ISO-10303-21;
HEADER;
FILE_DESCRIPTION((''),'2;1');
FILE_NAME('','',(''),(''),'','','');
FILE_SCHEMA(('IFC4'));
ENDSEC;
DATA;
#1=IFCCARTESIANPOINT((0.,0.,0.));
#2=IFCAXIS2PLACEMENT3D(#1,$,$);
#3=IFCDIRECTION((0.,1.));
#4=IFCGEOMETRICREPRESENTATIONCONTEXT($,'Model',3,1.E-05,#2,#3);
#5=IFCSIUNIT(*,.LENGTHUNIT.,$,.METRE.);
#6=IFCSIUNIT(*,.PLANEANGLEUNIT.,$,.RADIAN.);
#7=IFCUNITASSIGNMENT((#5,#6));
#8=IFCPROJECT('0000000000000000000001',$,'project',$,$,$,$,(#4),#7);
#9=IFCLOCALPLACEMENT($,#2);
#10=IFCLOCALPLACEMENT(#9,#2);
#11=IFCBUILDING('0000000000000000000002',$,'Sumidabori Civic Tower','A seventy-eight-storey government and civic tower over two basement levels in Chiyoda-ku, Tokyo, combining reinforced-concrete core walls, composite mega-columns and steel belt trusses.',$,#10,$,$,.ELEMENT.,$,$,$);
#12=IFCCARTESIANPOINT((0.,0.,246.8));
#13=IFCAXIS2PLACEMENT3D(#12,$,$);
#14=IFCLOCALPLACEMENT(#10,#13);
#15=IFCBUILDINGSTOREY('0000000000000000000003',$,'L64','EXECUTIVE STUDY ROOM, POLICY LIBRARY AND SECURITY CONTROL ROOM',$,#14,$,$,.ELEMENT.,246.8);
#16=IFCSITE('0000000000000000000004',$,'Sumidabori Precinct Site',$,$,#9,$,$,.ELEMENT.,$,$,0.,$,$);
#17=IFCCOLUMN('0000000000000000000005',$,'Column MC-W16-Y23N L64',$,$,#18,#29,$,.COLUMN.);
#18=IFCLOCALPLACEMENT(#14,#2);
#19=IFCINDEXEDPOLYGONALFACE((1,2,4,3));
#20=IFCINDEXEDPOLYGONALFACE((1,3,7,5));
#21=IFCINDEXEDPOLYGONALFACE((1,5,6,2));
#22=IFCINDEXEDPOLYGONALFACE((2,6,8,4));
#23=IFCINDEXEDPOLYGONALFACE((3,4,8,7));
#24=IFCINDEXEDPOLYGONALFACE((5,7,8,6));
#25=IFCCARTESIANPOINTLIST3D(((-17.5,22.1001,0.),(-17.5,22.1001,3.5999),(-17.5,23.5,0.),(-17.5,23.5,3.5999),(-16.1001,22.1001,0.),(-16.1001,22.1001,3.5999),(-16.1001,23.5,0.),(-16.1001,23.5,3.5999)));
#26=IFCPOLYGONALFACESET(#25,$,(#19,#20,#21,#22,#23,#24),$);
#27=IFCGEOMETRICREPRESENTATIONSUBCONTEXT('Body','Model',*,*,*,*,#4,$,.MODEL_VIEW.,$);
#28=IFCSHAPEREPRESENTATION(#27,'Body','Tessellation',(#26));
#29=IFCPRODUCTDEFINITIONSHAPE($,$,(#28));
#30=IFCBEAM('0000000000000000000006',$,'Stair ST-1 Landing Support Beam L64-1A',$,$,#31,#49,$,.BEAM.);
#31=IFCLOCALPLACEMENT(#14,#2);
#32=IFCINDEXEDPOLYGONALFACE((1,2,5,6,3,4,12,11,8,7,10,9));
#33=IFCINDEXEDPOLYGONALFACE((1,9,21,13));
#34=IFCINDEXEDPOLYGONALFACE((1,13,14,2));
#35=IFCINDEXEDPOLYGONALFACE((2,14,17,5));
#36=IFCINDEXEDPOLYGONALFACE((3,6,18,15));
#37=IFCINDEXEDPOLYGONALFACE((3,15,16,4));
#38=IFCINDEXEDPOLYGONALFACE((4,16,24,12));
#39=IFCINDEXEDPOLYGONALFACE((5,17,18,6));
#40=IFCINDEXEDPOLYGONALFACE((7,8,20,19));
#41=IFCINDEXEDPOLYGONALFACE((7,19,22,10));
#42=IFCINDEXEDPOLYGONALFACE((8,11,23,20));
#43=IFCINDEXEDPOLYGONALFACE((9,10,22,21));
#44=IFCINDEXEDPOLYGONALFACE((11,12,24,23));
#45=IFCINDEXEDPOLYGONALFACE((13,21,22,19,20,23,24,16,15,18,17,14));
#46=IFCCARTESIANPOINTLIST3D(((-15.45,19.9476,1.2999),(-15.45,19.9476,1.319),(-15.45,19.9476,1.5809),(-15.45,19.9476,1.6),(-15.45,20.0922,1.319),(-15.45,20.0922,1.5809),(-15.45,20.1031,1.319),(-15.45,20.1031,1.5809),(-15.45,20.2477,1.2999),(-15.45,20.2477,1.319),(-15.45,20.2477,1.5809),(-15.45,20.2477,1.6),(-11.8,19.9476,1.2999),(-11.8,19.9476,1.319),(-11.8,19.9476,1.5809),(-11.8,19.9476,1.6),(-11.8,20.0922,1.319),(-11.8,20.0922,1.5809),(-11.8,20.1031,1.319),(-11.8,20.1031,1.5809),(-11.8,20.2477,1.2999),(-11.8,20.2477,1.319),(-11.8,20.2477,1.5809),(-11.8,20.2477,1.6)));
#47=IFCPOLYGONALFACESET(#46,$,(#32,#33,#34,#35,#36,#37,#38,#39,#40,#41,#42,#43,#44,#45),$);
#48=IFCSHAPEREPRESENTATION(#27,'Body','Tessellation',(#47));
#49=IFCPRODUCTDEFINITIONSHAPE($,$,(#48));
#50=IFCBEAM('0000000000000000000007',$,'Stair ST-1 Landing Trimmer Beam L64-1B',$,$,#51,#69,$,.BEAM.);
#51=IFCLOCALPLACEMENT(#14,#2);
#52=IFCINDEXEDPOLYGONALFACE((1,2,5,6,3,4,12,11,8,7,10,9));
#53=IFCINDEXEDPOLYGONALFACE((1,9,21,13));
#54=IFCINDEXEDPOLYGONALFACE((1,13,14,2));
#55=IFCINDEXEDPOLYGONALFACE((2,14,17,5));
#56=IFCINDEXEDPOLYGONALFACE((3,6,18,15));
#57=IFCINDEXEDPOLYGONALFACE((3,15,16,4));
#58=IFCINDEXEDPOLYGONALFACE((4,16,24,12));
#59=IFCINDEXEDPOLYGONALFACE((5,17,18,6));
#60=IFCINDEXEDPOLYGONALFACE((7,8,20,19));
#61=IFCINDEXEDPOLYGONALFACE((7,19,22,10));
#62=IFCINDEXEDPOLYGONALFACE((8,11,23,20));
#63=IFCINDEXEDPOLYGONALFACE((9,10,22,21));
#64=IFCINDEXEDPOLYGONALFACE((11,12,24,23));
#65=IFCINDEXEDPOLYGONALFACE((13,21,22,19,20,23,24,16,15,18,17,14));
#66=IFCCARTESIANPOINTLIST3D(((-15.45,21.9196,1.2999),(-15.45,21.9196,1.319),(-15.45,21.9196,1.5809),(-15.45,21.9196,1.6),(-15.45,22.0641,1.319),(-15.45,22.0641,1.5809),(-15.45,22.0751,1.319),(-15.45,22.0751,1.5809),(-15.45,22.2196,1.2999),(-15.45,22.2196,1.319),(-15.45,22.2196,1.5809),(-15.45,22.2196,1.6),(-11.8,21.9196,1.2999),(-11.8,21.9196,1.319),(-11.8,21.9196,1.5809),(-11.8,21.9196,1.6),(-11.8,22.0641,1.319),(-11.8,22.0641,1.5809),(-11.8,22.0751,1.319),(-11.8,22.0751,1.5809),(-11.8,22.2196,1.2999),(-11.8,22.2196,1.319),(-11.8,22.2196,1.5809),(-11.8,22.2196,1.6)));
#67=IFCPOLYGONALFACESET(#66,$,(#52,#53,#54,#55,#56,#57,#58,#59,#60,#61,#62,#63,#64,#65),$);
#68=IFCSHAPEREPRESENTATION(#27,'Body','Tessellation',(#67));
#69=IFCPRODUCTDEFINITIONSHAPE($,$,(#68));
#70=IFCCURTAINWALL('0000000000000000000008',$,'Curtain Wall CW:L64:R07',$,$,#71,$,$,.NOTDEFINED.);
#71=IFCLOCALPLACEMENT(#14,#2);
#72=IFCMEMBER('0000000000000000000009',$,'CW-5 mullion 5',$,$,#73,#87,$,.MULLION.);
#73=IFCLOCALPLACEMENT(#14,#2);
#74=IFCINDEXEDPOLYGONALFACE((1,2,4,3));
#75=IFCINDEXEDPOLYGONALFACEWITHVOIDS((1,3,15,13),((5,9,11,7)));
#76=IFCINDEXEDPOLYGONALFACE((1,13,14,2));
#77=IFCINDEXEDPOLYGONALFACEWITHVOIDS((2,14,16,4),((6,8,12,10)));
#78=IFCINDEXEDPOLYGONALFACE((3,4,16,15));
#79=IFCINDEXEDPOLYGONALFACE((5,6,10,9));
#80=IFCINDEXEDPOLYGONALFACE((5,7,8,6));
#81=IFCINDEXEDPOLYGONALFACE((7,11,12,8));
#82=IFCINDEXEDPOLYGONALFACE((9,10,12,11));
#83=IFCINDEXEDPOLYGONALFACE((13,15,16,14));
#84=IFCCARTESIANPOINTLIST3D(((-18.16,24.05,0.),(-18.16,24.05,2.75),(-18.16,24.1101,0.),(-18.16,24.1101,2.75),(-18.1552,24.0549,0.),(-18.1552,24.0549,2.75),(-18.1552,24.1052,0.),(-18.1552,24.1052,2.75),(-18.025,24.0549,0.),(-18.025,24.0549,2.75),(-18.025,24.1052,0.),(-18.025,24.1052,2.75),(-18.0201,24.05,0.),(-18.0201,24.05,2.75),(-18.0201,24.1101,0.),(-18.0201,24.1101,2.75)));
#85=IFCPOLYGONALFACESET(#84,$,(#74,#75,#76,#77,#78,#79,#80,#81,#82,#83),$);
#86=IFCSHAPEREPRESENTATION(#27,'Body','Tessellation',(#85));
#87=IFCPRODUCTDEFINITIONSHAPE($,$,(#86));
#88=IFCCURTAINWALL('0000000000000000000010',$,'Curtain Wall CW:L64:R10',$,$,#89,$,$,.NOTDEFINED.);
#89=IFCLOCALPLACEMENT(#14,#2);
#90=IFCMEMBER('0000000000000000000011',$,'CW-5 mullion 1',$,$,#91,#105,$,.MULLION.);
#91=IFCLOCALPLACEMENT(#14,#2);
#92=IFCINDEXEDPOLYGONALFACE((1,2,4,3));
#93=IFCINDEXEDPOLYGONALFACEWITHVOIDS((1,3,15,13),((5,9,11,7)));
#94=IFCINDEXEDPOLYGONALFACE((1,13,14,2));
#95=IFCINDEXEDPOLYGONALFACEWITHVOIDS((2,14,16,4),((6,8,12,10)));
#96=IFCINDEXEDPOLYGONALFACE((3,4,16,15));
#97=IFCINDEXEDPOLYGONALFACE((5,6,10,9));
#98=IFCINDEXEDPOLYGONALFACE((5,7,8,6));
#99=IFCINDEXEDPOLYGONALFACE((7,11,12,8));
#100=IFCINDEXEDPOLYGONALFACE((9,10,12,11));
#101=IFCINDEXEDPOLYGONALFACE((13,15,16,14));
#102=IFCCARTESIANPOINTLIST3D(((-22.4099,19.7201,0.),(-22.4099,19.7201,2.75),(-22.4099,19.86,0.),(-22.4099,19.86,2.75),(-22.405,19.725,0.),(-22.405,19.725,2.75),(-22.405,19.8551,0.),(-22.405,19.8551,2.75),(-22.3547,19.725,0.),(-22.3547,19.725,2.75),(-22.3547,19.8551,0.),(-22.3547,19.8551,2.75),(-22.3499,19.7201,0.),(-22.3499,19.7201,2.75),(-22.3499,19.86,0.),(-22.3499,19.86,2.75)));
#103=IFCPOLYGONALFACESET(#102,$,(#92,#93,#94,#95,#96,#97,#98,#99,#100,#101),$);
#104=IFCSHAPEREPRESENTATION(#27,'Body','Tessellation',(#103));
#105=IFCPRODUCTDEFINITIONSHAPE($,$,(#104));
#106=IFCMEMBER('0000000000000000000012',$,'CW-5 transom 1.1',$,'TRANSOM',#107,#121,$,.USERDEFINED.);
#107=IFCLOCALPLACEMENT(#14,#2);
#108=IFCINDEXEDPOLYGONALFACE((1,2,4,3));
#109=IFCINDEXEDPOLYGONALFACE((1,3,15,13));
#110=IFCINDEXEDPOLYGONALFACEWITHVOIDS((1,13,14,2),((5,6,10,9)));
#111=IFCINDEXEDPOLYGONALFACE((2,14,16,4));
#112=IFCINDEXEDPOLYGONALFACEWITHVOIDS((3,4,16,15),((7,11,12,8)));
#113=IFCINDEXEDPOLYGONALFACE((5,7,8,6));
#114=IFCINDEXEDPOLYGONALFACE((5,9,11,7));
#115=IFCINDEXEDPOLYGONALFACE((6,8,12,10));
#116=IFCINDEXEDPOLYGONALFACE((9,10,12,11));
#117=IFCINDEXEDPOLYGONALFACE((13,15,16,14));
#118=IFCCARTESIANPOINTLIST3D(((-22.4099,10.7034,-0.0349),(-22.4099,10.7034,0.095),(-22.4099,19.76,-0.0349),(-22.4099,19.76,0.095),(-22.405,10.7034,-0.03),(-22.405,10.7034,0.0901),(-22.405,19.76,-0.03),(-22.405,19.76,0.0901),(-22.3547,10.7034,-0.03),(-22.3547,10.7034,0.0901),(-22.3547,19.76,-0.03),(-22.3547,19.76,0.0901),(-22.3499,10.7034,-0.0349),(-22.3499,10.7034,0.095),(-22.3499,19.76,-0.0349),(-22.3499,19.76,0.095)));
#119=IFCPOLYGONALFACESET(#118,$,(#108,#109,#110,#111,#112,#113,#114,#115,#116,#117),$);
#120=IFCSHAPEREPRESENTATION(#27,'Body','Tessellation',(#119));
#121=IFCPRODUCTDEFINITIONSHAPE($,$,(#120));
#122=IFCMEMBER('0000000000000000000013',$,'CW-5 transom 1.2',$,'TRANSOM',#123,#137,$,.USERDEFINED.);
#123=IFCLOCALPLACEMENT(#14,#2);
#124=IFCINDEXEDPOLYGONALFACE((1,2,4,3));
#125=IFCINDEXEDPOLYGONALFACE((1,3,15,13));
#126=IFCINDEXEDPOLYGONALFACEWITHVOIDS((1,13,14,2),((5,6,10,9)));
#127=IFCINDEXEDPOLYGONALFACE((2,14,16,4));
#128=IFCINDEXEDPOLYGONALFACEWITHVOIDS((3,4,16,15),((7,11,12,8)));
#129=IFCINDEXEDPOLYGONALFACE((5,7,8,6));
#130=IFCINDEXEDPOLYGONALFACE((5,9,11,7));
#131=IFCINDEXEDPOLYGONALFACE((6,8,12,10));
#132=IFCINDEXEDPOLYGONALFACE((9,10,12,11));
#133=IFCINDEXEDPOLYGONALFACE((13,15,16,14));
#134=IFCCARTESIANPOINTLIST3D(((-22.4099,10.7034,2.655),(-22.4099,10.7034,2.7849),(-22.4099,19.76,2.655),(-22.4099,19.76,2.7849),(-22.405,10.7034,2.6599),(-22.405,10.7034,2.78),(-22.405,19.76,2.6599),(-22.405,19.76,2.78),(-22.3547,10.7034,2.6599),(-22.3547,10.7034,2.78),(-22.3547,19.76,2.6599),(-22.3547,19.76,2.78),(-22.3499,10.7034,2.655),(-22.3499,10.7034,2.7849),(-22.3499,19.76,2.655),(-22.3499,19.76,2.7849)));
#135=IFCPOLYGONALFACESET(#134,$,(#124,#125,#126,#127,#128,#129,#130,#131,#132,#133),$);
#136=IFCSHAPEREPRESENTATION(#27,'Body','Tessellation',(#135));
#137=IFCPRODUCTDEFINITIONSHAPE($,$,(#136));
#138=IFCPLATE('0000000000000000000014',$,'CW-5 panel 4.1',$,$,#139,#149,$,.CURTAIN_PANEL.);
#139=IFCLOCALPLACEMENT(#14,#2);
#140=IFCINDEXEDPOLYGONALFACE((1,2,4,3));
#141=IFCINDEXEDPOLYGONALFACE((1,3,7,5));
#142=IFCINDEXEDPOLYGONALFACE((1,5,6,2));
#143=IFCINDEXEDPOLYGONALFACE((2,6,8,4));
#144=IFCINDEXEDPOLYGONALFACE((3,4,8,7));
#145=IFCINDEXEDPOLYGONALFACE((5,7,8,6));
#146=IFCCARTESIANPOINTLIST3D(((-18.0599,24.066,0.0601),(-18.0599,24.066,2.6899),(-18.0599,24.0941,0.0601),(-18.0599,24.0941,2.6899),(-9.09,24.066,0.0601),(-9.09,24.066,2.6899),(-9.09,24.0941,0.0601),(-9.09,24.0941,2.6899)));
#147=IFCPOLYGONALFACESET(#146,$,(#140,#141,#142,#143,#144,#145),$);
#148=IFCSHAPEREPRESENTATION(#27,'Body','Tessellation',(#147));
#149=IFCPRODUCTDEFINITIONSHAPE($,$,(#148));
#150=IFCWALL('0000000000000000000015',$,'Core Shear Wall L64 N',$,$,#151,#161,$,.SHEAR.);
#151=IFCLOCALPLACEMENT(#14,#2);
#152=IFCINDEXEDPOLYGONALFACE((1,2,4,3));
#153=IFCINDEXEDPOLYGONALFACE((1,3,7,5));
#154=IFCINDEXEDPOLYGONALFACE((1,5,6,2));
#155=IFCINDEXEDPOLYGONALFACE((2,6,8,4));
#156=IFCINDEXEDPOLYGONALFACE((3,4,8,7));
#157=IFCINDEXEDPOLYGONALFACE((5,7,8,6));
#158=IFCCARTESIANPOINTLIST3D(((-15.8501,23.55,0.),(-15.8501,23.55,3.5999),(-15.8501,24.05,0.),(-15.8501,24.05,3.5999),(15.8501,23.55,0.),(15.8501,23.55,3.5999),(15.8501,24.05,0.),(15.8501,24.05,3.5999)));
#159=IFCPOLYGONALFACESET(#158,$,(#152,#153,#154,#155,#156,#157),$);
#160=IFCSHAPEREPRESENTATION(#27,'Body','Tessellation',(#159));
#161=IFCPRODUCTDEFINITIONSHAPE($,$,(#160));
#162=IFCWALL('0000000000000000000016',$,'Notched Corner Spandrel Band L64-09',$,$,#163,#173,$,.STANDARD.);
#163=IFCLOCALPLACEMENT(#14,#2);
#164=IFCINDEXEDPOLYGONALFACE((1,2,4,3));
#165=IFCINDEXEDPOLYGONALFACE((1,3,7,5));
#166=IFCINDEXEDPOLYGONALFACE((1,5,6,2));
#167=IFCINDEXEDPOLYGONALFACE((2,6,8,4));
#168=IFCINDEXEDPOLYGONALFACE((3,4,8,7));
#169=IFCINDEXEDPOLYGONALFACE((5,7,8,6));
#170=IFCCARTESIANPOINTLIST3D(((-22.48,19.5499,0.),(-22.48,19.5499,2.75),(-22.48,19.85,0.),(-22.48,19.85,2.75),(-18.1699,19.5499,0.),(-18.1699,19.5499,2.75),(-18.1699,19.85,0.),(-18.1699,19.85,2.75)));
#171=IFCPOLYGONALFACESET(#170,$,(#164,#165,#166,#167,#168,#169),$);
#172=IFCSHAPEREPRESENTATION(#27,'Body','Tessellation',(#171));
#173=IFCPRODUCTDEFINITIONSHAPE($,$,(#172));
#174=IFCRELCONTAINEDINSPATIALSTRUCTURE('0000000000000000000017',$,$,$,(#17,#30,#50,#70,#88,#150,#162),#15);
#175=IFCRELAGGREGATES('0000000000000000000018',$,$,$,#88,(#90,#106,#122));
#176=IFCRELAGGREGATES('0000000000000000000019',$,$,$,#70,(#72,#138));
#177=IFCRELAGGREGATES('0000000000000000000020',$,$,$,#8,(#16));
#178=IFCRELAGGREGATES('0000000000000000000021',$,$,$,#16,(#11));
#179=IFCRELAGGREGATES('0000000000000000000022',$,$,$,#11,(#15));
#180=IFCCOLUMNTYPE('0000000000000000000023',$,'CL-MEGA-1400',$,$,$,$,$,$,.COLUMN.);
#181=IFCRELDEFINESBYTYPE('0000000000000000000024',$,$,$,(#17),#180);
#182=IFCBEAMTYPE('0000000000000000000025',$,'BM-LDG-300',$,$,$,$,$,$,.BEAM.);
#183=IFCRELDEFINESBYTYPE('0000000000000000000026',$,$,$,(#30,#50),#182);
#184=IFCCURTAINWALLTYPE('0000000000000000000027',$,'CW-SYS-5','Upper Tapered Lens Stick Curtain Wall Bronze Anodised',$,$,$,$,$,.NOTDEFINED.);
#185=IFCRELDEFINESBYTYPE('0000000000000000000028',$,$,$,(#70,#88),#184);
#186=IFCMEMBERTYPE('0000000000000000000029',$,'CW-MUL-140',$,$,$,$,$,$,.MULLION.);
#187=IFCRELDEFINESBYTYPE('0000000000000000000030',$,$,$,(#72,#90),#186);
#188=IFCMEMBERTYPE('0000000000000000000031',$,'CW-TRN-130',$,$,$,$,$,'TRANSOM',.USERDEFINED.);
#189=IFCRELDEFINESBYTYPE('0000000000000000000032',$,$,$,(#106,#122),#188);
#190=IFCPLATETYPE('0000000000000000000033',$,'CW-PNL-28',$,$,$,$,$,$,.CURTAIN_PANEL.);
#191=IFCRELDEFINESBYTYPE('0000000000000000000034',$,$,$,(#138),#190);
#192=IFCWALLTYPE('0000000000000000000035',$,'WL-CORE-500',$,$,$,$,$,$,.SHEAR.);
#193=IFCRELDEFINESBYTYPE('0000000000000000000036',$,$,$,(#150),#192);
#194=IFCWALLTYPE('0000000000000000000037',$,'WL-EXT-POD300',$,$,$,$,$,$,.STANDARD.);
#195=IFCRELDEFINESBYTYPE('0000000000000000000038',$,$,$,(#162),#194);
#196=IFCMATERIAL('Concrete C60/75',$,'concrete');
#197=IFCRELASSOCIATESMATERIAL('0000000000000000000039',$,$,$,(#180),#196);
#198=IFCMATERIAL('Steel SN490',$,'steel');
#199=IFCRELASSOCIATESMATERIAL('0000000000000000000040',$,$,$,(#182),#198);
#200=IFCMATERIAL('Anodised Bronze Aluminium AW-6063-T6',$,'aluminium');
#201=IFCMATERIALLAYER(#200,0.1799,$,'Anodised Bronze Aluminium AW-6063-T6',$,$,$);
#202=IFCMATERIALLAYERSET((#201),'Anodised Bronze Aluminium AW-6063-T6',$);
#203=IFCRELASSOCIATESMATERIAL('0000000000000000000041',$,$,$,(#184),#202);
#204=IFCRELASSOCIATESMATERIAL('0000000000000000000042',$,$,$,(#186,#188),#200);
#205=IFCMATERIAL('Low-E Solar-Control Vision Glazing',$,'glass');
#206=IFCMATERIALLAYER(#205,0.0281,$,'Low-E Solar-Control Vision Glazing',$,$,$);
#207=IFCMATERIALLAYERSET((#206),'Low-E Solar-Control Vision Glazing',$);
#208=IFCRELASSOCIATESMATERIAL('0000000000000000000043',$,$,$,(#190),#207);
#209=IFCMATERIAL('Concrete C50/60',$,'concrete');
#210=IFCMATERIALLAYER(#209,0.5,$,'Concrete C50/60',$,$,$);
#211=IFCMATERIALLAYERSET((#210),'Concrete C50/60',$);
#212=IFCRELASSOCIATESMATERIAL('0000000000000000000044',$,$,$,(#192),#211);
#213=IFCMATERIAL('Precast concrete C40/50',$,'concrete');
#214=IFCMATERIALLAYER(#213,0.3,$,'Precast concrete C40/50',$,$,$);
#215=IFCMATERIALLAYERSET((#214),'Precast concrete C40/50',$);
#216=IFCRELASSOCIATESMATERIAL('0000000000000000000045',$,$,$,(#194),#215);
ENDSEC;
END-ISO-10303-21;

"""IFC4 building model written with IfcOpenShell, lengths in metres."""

from ifc_helpers import new_model, si_unit, direction, frame, frame_2d, origin, origin_2d, place, context, subcontext, project, spatial, rectangle, hollow_rectangle, i_section, extrude, source, transform, mapped, material, layer, layer_set, material_profile, profile_set, type_object, element, aggregate, save


model = new_model("IFC4")

# Units and contexts
model_context = context("Model", 3, precision=1e-05, world=origin(), true_north=direction((0.0, 1.0)))
body_context = subcontext(model_context, "Body", "Model", "MODEL_VIEW")
ifc_project = project(units=[si_unit("LENGTHUNIT", "METRE"), si_unit("PLANEANGLEUNIT", "RADIAN")], contexts=[model_context])

# Site, building, storey
site_placement = place(None, origin())
site = spatial("IfcSite", under=ifc_project, at=site_placement, Name="Sumidabori Precinct Site", CompositionType="ELEMENT", RefElevation=0.0)
building_placement = place(site_placement, origin())
building = spatial("IfcBuilding", under=site, at=building_placement, Name="Sumidabori Civic Tower", Description="A seventy-eight-storey government and civic tower over two basement levels in Chiyoda-ku, Tokyo, combining reinforced-concrete core walls, composite mega-columns and steel belt trusses.", CompositionType="ELEMENT")
storey_placement = place(building_placement, frame((0.0, 0.0, 246.8)))
storey = spatial("IfcBuildingStorey", under=building, at=storey_placement, Name="L64", Description="EXECUTIVE STUDY ROOM, POLICY LIBRARY AND SECURITY CONTROL ROOM", CompositionType="ELEMENT", Elevation=246.8)

# Column
ifc_material_1 = material(Name="Concrete C60/75", Category="concrete")
ifc_material_profile_1 = material_profile(ifc_material_1, rectangle(XDim=1.3999, YDim=1.3999, at=origin_2d()), Name="RC 1400x1400")
ifc_profile_set_1 = profile_set([ifc_material_profile_1], Name="Concrete C60/75")
column_type = type_object("IfcColumnType", Name="CL-MEGA-1400", PredefinedType="COLUMN", material=ifc_profile_set_1)
shared_shape_1 = source(origin(), body_context, "Body", "SweptSolid", [
    extrude(rectangle(XDim=1.3999, YDim=1.3999, at=origin_2d()), origin(), (0.0, 0.0, 1.0), 3.5999),
])
column_placement = place(storey_placement, frame((-16.8, 22.8, 0.0), z_axis=(0.0, 0.0, 1.0), x_axis=(1.0, 0.0, 0.0)))
element("IfcColumn", 1, at=column_placement, inside=storey, type_object=column_type, Name="Column MC-W16-Y23N L64", PredefinedType="COLUMN", context=body_context, shape_type="MappedRepresentation", body=[
    mapped(shared_shape_1, transform((0.0, 0.0, 0.0), x_axis=(1.0, 0.0, 0.0), y_axis=(0.0, 1.0, 0.0), z_axis=(0.0, 0.0, 1.0), scale=1.0)),
])

# Beams
ifc_material_2 = material(Name="Steel SN490", Category="steel")
ifc_material_profile_2 = material_profile(ifc_material_2, i_section(OverallWidth=0.3, OverallDepth=0.3, WebThickness=0.011, FlangeThickness=0.019, at=origin_2d()), Name="HE 300 B")
ifc_profile_set_2 = profile_set([ifc_material_profile_2], Name="Steel SN490")
beam_type = type_object("IfcBeamType", Name="BM-LDG-300", PredefinedType="BEAM", material=ifc_profile_set_2)
shared_shape_2 = source(origin(), body_context, "Body", "SweptSolid", [
    extrude(i_section(OverallWidth=0.3, OverallDepth=0.3, WebThickness=0.011, FlangeThickness=0.019, at=origin_2d()), origin(), (0.0, 0.0, 1.0), 3.6499),
])
for number, where, z_axis, x_axis, name in (
    (2, (-15.45, 20.0977, 1.45), (1.0, 0.0, 0.0), (0.0, 1.0, 0.0), "Stair ST-1 Landing Support Beam L64-1A"),
    (3, (-15.45, 22.0696, 1.45), (1.0, 0.0, 0.0), (0.0, 1.0, 0.0), "Stair ST-1 Landing Trimmer Beam L64-1B"),
):
    element("IfcBeam", number, at=place(storey_placement, frame(where, z_axis=z_axis, x_axis=x_axis)), inside=storey, type_object=beam_type, Name=name, PredefinedType="BEAM", context=body_context, shape_type="MappedRepresentation", body=[
        mapped(shared_shape_2, transform((0.0, 0.0, 0.0), x_axis=(1.0, 0.0, 0.0), y_axis=(0.0, 1.0, 0.0), z_axis=(0.0, 0.0, 1.0), scale=1.0)),
    ])

# Curtain wall, member
ifc_material_3 = material(Name="Anodised Bronze Aluminium AW-6063-T6", Category="aluminium")
ifc_layer_1 = layer(ifc_material_3, 0.1799, Name="Anodised Bronze Aluminium AW-6063-T6")
ifc_layer_set_1 = layer_set([ifc_layer_1], Name="Anodised Bronze Aluminium AW-6063-T6")
curtain_wall_type = type_object("IfcCurtainWallType", Name="CW-SYS-5", Description="Upper Tapered Lens Stick Curtain Wall Bronze Anodised", PredefinedType="NOTDEFINED", material=ifc_layer_set_1)
curtain_wall_1_placement = place(storey_placement, origin())
curtain_wall_1 = element("IfcCurtainWall", 4, at=curtain_wall_1_placement, inside=storey, type_object=curtain_wall_type, Name="Curtain Wall CW:L64:R07", PredefinedType="NOTDEFINED")
ifc_material_profile_3 = material_profile(ifc_material_3, hollow_rectangle(XDim=0.0601, YDim=0.1399, WallThickness=0.0049, at=origin_2d()), Name="ALU MULLION 140x60")
ifc_profile_set_3 = profile_set([ifc_material_profile_3], Name="Anodised Bronze Aluminium AW-6063-T6")
member_type_1 = type_object("IfcMemberType", Name="CW-MUL-140", PredefinedType="MULLION", material=ifc_profile_set_3)
shared_shape_3 = source(origin(), body_context, "Body", "SweptSolid", [
    extrude(hollow_rectangle(XDim=0.0601, YDim=0.1399, WallThickness=0.0049, at=origin_2d()), origin(), (0.0, 0.0, 1.0), 2.75),
])
member_1_placement = place(storey_placement, frame((-18.0901, 24.0801, 0.0), z_axis=(0.0, 0.0, 1.0), x_axis=(0.0, -1.0, 0.0)))
member_1 = element("IfcMember", 5, at=member_1_placement, type_object=member_type_1, Name="CW-5 mullion 5", PredefinedType="MULLION", context=body_context, shape_type="MappedRepresentation", body=[
    mapped(shared_shape_3, transform((0.0, 0.0, 0.0), x_axis=(1.0, 0.0, 0.0), y_axis=(0.0, 1.0, 0.0), z_axis=(0.0, 0.0, 1.0), scale=1.0)),
])

# Curtain wall, members
curtain_wall_2_placement = place(storey_placement, origin())
curtain_wall_2 = element("IfcCurtainWall", 6, at=curtain_wall_2_placement, inside=storey, type_object=curtain_wall_type, Name="Curtain Wall CW:L64:R10", PredefinedType="NOTDEFINED")
member_2_placement = place(storey_placement, frame((-22.3799, 19.79, 0.0), z_axis=(0.0, 0.0, 1.0), x_axis=(1.0, 0.0, 0.0)))
member_2 = element("IfcMember", 7, at=member_2_placement, type_object=member_type_1, Name="CW-5 mullion 1", PredefinedType="MULLION", context=body_context, shape_type="MappedRepresentation", body=[
    mapped(shared_shape_3, transform((0.0, 0.0, 0.0), x_axis=(1.0, 0.0, 0.0), y_axis=(0.0, 1.0, 0.0), z_axis=(0.0, 0.0, 1.0), scale=1.0)),
])
ifc_material_profile_4 = material_profile(ifc_material_3, hollow_rectangle(XDim=0.0601, YDim=0.1299, WallThickness=0.0049, at=origin_2d()), Name="ALU TRANSOM 130x60")
ifc_profile_set_4 = profile_set([ifc_material_profile_4], Name="Anodised Bronze Aluminium AW-6063-T6")
member_type_2 = type_object("IfcMemberType", Name="CW-TRN-130", ElementType="TRANSOM", PredefinedType="USERDEFINED", material=ifc_profile_set_4)
shared_shape_4 = source(origin(), body_context, "Body", "SweptSolid", [
    extrude(hollow_rectangle(XDim=0.0601, YDim=0.1299, WallThickness=0.0049, at=origin_2d()), origin(), (0.0, 0.0, 1.0), 9.0566),
])
member_3_placement = place(storey_placement, frame((-22.3799, 19.76, 0.03), z_axis=(0.0, -1.0, 0.0), x_axis=(1.0, 0.0, 0.0)))
member_3 = element("IfcMember", 8, at=member_3_placement, type_object=member_type_2, Name="CW-5 transom 1.1", ObjectType="TRANSOM", PredefinedType="USERDEFINED", context=body_context, shape_type="MappedRepresentation", body=[
    mapped(shared_shape_4, transform((0.0, 0.0, 0.0), x_axis=(1.0, 0.0, 0.0), y_axis=(0.0, 1.0, 0.0), z_axis=(0.0, 0.0, 1.0), scale=1.0)),
])
member_4_placement = place(storey_placement, frame((-22.3799, 19.76, 2.72), z_axis=(0.0, -1.0, 0.0), x_axis=(1.0, 0.0, 0.0)))
member_4 = element("IfcMember", 9, at=member_4_placement, type_object=member_type_2, Name="CW-5 transom 1.2", ObjectType="TRANSOM", PredefinedType="USERDEFINED", context=body_context, shape_type="MappedRepresentation", body=[
    mapped(shared_shape_4, transform((0.0, 0.0, 0.0), x_axis=(1.0, 0.0, 0.0), y_axis=(0.0, 1.0, 0.0), z_axis=(0.0, 0.0, 1.0), scale=1.0)),
])
aggregate(curtain_wall_2, [member_2, member_3, member_4])

# Plate
ifc_material_4 = material(Name="Low-E Solar-Control Vision Glazing", Category="glass")
ifc_layer_2 = layer(ifc_material_4, 0.0281, Name="Low-E Solar-Control Vision Glazing")
ifc_layer_set_2 = layer_set([ifc_layer_2], Name="Low-E Solar-Control Vision Glazing")
plate_type = type_object("IfcPlateType", Name="CW-PNL-28", PredefinedType="CURTAIN_PANEL", material=ifc_layer_set_2)
shared_shape_5 = source(origin(), body_context, "Body", "SweptSolid", [
    extrude(rectangle(XDim=8.97, YDim=0.0281, at=origin_2d()), origin(), (0.0, 0.0, 1.0), 2.6299),
])
plate_placement = place(storey_placement, frame((-13.575, 24.0801, 0.0601), z_axis=(0.0, 0.0, 1.0), x_axis=(-1.0, 0.0, 0.0)))
plate = element("IfcPlate", 10, at=plate_placement, type_object=plate_type, Name="CW-5 panel 4.1", PredefinedType="CURTAIN_PANEL", context=body_context, shape_type="MappedRepresentation", body=[
    mapped(shared_shape_5, transform((0.0, 0.0, 0.0), x_axis=(1.0, 0.0, 0.0), y_axis=(0.0, 1.0, 0.0), z_axis=(0.0, 0.0, 1.0), scale=1.0)),
])
aggregate(curtain_wall_1, [member_1, plate])

# Walls
ifc_material_5 = material(Name="Concrete C50/60", Category="concrete")
ifc_layer_3 = layer(ifc_material_5, 0.5, Name="Concrete C50/60")
ifc_layer_set_3 = layer_set([ifc_layer_3], Name="Concrete C50/60")
wall_type_1 = type_object("IfcWallType", Name="WL-CORE-500", PredefinedType="SHEAR", material=ifc_layer_set_3)
shared_shape_6 = source(origin(), body_context, "Body", "SweptSolid", [
    extrude(rectangle(XDim=31.7002, YDim=0.5, at=frame_2d((15.8501, 0.0))), origin(), (0.0, 0.0, 1.0), 3.5999),
])
wall_1_placement = place(storey_placement, frame((-15.8501, 23.8, 0.0), z_axis=(0.0, 0.0, 1.0), x_axis=(1.0, 0.0, 0.0)))
element("IfcWall", 11, at=wall_1_placement, inside=storey, type_object=wall_type_1, Name="Core Shear Wall L64 N", PredefinedType="SHEAR", context=body_context, shape_type="MappedRepresentation", body=[
    mapped(shared_shape_6, transform((0.0, 0.0, 0.0), x_axis=(1.0, 0.0, 0.0), y_axis=(0.0, 1.0, 0.0), z_axis=(0.0, 0.0, 1.0), scale=1.0)),
])
ifc_material_6 = material(Name="Precast concrete C40/50", Category="concrete")
ifc_layer_4 = layer(ifc_material_6, 0.3, Name="Precast concrete C40/50")
ifc_layer_set_4 = layer_set([ifc_layer_4], Name="Precast concrete C40/50")
wall_type_2 = type_object("IfcWallType", Name="WL-EXT-POD300", PredefinedType="STANDARD", material=ifc_layer_set_4)
shared_shape_7 = source(origin(), body_context, "Body", "SweptSolid", [
    extrude(rectangle(XDim=4.3101, YDim=0.3, at=frame_2d((2.155, 0.0))), origin(), (0.0, 0.0, 1.0), 2.75),
])
wall_2_placement = place(storey_placement, frame((-18.1699, 19.7, 0.0), z_axis=(0.0, 0.0, 1.0), x_axis=(-1.0, 0.0, 0.0)))
element("IfcWall", 12, at=wall_2_placement, inside=storey, type_object=wall_type_2, Name="Notched Corner Spandrel Band L64-09", PredefinedType="STANDARD", context=body_context, shape_type="MappedRepresentation", body=[
    mapped(shared_shape_7, transform((0.0, 0.0, 0.0), x_axis=(1.0, 0.0, 0.0), y_axis=(0.0, 1.0, 0.0), z_axis=(0.0, 0.0, 1.0), scale=1.0)),
])

save(model, "model.ifc")
